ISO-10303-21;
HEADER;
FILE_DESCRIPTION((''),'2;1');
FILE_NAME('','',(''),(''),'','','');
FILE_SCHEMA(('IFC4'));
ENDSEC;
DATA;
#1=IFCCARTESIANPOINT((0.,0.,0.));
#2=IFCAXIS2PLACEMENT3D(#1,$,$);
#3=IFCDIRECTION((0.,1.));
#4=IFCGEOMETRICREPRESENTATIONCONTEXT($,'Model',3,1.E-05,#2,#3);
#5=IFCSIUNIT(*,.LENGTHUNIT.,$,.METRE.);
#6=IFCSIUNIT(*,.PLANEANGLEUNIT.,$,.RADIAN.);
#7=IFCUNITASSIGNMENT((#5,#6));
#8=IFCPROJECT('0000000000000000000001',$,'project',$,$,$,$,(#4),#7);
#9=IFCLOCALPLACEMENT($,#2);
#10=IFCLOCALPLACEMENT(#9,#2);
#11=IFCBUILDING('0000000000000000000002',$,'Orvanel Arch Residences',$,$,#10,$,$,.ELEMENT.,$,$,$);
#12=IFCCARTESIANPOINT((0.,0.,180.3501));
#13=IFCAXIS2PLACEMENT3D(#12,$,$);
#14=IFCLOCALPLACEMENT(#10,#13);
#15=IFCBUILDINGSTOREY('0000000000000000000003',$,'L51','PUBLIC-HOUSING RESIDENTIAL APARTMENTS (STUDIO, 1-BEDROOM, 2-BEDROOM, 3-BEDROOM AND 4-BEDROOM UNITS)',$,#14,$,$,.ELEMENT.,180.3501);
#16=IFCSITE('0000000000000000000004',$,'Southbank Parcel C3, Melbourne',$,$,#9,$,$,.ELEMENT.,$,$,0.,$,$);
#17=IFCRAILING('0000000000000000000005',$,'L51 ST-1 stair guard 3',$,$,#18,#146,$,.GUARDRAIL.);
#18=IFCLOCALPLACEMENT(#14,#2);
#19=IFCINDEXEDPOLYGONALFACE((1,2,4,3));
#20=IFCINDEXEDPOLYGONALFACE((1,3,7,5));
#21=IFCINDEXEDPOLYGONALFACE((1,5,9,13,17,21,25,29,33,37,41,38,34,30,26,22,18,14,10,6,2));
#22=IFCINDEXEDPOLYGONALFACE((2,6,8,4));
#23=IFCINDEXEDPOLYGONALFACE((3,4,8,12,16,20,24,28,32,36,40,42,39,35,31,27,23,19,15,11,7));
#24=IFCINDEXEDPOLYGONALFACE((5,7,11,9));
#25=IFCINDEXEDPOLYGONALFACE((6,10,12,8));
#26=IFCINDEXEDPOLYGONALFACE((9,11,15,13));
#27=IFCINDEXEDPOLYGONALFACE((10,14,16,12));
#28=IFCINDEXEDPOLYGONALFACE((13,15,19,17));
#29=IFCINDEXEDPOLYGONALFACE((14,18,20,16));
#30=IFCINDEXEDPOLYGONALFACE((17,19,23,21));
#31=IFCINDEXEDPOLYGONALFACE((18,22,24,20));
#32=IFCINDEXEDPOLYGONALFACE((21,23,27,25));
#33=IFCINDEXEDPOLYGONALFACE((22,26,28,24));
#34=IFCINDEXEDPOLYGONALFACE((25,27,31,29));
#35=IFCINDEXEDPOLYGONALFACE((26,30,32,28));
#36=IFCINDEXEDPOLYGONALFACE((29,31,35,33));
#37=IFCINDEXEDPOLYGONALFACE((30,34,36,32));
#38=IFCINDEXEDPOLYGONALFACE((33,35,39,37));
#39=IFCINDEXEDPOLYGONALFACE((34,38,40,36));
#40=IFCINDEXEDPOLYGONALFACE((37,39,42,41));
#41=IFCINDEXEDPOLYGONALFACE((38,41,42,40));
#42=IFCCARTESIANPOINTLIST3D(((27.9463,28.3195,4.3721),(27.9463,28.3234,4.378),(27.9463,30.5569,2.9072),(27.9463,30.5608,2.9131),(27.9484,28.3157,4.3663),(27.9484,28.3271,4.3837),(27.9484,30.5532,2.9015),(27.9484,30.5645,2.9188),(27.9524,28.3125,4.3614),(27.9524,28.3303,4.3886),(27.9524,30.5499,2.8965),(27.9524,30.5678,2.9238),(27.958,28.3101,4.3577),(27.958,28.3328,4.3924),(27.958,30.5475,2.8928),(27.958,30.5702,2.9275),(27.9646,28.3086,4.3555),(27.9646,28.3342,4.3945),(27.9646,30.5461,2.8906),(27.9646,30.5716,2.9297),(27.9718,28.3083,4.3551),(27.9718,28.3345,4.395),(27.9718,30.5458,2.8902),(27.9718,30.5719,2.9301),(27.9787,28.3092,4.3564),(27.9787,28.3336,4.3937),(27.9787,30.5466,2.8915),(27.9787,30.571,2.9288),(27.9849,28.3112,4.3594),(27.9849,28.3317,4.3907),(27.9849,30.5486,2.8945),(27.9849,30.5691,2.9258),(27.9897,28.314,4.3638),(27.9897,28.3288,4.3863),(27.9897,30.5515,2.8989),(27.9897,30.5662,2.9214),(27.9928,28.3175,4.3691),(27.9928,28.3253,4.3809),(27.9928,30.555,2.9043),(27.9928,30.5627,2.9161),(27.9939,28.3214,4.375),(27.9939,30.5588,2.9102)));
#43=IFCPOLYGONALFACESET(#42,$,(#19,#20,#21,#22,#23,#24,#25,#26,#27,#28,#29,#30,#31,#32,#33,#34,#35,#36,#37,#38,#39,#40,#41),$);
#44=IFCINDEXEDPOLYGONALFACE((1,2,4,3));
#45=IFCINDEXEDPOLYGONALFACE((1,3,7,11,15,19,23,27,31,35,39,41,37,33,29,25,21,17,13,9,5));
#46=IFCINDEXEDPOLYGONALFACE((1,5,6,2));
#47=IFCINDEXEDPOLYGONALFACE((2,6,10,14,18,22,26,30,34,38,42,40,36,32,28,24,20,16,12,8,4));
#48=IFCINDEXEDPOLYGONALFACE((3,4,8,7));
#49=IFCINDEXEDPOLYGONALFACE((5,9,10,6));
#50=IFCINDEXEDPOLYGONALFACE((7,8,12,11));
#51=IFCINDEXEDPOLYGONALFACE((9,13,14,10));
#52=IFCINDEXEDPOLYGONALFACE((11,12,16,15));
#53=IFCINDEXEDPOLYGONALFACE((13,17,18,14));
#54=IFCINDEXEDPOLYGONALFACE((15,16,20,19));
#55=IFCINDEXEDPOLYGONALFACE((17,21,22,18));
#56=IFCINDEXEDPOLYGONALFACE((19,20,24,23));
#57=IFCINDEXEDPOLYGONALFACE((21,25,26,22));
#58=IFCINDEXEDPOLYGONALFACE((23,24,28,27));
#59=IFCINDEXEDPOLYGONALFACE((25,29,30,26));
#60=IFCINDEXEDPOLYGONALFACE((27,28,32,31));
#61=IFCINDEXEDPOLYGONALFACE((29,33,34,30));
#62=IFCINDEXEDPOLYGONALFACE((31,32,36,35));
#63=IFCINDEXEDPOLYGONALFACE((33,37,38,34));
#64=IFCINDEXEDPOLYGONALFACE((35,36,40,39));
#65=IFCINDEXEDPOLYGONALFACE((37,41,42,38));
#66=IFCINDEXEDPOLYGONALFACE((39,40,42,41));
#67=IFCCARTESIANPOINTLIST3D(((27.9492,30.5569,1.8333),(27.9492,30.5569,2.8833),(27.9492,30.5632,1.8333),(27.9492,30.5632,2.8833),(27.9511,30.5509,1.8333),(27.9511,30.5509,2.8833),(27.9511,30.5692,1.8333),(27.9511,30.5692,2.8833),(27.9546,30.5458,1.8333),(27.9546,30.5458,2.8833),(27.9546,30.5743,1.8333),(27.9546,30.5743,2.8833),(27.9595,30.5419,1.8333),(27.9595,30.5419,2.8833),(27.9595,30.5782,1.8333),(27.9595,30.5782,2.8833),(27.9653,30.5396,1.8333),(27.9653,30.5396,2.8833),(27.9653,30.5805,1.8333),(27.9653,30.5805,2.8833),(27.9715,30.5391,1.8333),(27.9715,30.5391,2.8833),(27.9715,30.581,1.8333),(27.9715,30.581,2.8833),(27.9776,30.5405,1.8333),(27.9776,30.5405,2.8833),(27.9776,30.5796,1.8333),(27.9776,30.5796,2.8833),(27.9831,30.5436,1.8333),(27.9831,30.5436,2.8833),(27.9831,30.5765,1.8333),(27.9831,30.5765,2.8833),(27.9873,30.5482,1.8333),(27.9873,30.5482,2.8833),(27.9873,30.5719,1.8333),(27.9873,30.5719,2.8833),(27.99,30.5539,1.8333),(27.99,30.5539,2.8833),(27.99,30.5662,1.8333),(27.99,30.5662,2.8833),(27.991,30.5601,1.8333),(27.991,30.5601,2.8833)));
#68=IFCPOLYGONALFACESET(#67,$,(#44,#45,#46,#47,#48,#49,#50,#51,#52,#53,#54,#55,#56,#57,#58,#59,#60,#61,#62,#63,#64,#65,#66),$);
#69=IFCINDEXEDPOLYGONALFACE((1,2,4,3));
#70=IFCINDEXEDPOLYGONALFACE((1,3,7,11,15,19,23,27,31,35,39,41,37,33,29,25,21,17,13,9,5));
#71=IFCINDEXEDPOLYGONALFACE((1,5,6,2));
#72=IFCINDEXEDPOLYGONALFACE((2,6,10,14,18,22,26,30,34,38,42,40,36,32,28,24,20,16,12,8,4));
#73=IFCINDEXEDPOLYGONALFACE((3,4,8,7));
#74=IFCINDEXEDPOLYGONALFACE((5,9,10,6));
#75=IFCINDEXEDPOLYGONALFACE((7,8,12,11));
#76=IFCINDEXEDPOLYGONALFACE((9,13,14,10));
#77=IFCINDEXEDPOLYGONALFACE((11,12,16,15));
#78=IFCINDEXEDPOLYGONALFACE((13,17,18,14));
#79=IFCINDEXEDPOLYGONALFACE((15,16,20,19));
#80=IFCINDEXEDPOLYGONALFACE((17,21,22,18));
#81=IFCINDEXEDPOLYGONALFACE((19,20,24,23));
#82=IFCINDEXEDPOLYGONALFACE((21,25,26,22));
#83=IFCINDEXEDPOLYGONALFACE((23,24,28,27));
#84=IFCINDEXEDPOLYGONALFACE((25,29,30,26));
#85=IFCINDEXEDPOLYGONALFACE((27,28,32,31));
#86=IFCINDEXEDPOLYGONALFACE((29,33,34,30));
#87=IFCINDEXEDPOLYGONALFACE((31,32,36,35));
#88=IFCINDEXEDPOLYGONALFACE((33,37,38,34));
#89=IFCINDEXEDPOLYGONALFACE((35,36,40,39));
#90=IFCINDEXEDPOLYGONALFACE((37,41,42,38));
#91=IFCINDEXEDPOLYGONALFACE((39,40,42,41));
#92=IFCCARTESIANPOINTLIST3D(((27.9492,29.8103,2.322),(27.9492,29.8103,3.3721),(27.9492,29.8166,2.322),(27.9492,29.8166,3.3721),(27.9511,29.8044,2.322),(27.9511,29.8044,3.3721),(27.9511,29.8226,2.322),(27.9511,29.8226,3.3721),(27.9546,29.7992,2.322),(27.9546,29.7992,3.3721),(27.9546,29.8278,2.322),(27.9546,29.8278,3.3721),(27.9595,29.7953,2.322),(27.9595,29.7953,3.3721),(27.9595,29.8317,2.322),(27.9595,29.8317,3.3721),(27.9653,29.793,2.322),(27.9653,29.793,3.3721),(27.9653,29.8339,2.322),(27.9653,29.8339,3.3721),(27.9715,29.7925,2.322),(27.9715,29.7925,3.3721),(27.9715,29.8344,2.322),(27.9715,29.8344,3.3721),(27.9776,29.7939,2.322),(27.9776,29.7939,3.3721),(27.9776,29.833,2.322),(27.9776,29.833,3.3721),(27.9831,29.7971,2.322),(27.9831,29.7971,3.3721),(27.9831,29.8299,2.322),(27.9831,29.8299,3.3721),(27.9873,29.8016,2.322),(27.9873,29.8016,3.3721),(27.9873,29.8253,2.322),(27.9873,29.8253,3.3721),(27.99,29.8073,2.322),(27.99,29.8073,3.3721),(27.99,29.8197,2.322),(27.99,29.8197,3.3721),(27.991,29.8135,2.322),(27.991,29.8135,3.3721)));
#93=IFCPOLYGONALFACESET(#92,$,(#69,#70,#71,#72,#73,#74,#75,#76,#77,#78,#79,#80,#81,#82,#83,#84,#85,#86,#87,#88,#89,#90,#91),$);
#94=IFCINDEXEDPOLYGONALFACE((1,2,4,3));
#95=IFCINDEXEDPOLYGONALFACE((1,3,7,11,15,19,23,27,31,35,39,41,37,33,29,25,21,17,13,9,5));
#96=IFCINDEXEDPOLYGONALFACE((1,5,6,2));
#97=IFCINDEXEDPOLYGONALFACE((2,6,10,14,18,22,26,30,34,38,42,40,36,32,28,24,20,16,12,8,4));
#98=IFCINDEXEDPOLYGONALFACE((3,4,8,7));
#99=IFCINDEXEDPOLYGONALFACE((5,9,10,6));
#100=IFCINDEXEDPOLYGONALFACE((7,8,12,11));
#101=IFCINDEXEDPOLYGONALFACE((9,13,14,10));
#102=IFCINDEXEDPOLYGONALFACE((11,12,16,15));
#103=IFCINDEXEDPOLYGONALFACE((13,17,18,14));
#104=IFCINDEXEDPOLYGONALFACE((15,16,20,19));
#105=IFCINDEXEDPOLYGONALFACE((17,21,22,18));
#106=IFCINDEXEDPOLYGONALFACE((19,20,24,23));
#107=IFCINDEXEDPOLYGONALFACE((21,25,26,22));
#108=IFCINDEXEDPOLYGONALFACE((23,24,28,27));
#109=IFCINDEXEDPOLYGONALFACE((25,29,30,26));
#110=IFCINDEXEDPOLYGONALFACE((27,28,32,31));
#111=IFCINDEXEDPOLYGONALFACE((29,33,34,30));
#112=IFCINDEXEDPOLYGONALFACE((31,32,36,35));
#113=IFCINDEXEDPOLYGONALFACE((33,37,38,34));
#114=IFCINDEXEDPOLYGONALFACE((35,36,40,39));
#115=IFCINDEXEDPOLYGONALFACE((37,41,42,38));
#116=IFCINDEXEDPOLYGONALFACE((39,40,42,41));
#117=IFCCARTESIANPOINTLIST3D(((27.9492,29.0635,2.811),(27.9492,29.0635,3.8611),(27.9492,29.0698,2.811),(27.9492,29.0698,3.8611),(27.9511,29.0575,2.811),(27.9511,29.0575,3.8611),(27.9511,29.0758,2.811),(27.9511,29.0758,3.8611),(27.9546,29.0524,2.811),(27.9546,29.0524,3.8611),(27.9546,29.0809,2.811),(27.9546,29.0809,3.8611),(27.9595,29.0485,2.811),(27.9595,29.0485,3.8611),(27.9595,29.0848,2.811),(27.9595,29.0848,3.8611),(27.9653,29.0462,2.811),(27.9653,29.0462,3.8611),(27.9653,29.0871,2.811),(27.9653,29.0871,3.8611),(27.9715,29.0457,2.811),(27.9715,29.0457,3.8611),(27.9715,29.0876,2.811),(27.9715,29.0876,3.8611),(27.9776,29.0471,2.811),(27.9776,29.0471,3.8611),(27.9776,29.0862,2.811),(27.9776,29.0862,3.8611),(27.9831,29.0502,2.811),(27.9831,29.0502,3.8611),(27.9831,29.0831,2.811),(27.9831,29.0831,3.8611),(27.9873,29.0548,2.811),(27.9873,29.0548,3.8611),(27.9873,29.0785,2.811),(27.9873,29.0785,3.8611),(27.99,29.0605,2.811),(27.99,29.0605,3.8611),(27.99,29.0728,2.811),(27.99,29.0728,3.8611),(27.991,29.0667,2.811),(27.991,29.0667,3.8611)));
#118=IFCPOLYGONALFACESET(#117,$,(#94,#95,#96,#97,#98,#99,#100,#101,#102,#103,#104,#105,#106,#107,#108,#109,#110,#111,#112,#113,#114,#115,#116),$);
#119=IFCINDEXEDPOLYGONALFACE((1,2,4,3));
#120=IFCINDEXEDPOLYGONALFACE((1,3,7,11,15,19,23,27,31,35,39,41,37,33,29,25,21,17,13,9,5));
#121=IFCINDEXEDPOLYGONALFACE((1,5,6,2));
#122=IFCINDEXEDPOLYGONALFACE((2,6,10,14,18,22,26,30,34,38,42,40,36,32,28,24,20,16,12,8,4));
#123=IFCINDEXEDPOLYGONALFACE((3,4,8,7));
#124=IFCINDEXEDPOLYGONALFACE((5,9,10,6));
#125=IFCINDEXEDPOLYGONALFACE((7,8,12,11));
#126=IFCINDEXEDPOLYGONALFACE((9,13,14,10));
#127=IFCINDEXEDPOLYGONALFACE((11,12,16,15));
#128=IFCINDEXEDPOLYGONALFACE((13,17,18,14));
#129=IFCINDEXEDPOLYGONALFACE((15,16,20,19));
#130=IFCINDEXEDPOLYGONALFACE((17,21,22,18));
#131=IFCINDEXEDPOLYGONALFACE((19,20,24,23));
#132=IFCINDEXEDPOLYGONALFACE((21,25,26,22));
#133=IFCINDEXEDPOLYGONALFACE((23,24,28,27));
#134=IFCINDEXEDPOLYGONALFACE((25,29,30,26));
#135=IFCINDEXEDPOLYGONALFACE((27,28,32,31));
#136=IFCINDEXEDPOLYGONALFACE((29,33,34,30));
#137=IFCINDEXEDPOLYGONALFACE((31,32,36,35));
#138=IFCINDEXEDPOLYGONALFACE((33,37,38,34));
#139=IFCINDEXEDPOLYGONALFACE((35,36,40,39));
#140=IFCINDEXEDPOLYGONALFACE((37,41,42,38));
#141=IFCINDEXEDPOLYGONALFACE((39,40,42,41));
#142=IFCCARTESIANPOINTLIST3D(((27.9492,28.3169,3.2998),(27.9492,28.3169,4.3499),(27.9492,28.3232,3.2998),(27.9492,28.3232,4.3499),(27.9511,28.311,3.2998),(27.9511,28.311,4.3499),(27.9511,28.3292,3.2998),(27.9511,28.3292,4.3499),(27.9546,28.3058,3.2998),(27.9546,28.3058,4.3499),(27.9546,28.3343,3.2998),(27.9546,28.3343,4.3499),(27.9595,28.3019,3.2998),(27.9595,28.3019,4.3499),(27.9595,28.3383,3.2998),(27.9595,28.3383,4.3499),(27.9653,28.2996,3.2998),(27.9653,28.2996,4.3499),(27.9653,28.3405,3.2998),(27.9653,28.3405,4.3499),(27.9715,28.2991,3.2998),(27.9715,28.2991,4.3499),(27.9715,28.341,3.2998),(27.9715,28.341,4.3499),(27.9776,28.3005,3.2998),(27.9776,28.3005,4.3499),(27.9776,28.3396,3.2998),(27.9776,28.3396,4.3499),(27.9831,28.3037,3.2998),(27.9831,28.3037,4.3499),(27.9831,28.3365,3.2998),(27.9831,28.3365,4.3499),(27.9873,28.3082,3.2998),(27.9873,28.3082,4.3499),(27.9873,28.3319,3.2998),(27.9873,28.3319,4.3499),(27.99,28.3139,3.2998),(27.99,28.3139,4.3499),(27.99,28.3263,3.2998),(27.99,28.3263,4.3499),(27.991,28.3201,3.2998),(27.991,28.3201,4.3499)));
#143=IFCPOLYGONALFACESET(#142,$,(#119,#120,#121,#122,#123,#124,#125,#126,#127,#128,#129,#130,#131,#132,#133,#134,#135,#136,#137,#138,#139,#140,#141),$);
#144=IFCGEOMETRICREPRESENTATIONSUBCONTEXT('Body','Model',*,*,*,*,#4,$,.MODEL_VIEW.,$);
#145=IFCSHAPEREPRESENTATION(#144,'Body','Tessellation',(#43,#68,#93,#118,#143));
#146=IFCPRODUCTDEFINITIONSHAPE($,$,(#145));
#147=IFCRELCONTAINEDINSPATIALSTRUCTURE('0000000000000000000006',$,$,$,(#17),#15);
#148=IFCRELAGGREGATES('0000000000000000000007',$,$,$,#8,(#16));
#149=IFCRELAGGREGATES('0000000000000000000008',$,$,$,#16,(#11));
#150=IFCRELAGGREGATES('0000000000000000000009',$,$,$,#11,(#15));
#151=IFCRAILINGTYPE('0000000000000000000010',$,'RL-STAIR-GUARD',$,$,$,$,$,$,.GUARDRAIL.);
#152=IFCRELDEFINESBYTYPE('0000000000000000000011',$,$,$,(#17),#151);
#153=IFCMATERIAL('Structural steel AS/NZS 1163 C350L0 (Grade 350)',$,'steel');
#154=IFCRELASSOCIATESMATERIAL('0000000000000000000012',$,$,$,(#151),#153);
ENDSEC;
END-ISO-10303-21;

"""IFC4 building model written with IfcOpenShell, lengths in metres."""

from ifc_helpers import new_model, si_unit, direction, frame, origin, origin_2d, place, context, subcontext, project, spatial, circle, extrude, material, type_object, element, save


model = new_model("IFC4")

# Units and contexts
model_context = context("Model", 3, precision=1e-05, world=origin(), true_north=direction((0.0, 1.0)))
body_context = subcontext(model_context, "Body", "Model", "MODEL_VIEW")
ifc_project = project(units=[si_unit("LENGTHUNIT", "METRE"), si_unit("PLANEANGLEUNIT", "RADIAN")], contexts=[model_context])

# Site, building, storey
site_placement = place(None, origin())
site = spatial("IfcSite", under=ifc_project, at=site_placement, Name="Southbank Parcel C3, Melbourne", CompositionType="ELEMENT", RefElevation=0.0)
building_placement = place(site_placement, origin())
building = spatial("IfcBuilding", under=site, at=building_placement, Name="Orvanel Arch Residences", CompositionType="ELEMENT")
storey_placement = place(building_placement, frame((0.0, 0.0, 180.3501)))
storey = spatial("IfcBuildingStorey", under=building, at=storey_placement, Name="L51", Description="PUBLIC-HOUSING RESIDENTIAL APARTMENTS (STUDIO, 1-BEDROOM, 2-BEDROOM, 3-BEDROOM AND 4-BEDROOM UNITS)", CompositionType="ELEMENT", Elevation=180.3501)

# Railing
ifc_material_1 = material(Name="Structural steel AS/NZS 1163 C350L0 (Grade 350)", Category="steel")
railing_type_1 = type_object("IfcRailingType", Name="RL-STAIR-GUARD", PredefinedType="GUARDRAIL", material=ifc_material_1)
railing_1_placement = place(storey_placement, frame((27.97, 30.5601, 1.8333)))
element("IfcRailing", 1, at=railing_1_placement, inside=storey, type_object=railing_type_1, Name="L51 ST-1 stair guard 3", PredefinedType="GUARDRAIL", context=body_context, shape_type="SweptSolid", body=[
    extrude(circle(Radius=0.0239, at=origin_2d()), frame((0.0, -0.0012, 1.0769), z_axis=(0.0, -0.836637, 0.547758), x_axis=(1.0, 0.0, 0.0)), (0.0, 0.0, 1.0), 2.6743),
    extrude(circle(Radius=0.021, at=origin_2d()), origin(), (0.0, 0.0, 1.0), 1.05),
    extrude(circle(Radius=0.021, at=origin_2d()), frame((0.0, -0.7466, 0.4888)), (0.0, 0.0, 1.0), 1.05),
    extrude(circle(Radius=0.021, at=origin_2d()), frame((0.0, -1.4934, 0.9778)), (0.0, 0.0, 1.0), 1.05),
    extrude(circle(Radius=0.021, at=origin_2d()), frame((0.0, -2.24, 1.4666)), (0.0, 0.0, 1.0), 1.05),
])

save(model, "model.ifc")
